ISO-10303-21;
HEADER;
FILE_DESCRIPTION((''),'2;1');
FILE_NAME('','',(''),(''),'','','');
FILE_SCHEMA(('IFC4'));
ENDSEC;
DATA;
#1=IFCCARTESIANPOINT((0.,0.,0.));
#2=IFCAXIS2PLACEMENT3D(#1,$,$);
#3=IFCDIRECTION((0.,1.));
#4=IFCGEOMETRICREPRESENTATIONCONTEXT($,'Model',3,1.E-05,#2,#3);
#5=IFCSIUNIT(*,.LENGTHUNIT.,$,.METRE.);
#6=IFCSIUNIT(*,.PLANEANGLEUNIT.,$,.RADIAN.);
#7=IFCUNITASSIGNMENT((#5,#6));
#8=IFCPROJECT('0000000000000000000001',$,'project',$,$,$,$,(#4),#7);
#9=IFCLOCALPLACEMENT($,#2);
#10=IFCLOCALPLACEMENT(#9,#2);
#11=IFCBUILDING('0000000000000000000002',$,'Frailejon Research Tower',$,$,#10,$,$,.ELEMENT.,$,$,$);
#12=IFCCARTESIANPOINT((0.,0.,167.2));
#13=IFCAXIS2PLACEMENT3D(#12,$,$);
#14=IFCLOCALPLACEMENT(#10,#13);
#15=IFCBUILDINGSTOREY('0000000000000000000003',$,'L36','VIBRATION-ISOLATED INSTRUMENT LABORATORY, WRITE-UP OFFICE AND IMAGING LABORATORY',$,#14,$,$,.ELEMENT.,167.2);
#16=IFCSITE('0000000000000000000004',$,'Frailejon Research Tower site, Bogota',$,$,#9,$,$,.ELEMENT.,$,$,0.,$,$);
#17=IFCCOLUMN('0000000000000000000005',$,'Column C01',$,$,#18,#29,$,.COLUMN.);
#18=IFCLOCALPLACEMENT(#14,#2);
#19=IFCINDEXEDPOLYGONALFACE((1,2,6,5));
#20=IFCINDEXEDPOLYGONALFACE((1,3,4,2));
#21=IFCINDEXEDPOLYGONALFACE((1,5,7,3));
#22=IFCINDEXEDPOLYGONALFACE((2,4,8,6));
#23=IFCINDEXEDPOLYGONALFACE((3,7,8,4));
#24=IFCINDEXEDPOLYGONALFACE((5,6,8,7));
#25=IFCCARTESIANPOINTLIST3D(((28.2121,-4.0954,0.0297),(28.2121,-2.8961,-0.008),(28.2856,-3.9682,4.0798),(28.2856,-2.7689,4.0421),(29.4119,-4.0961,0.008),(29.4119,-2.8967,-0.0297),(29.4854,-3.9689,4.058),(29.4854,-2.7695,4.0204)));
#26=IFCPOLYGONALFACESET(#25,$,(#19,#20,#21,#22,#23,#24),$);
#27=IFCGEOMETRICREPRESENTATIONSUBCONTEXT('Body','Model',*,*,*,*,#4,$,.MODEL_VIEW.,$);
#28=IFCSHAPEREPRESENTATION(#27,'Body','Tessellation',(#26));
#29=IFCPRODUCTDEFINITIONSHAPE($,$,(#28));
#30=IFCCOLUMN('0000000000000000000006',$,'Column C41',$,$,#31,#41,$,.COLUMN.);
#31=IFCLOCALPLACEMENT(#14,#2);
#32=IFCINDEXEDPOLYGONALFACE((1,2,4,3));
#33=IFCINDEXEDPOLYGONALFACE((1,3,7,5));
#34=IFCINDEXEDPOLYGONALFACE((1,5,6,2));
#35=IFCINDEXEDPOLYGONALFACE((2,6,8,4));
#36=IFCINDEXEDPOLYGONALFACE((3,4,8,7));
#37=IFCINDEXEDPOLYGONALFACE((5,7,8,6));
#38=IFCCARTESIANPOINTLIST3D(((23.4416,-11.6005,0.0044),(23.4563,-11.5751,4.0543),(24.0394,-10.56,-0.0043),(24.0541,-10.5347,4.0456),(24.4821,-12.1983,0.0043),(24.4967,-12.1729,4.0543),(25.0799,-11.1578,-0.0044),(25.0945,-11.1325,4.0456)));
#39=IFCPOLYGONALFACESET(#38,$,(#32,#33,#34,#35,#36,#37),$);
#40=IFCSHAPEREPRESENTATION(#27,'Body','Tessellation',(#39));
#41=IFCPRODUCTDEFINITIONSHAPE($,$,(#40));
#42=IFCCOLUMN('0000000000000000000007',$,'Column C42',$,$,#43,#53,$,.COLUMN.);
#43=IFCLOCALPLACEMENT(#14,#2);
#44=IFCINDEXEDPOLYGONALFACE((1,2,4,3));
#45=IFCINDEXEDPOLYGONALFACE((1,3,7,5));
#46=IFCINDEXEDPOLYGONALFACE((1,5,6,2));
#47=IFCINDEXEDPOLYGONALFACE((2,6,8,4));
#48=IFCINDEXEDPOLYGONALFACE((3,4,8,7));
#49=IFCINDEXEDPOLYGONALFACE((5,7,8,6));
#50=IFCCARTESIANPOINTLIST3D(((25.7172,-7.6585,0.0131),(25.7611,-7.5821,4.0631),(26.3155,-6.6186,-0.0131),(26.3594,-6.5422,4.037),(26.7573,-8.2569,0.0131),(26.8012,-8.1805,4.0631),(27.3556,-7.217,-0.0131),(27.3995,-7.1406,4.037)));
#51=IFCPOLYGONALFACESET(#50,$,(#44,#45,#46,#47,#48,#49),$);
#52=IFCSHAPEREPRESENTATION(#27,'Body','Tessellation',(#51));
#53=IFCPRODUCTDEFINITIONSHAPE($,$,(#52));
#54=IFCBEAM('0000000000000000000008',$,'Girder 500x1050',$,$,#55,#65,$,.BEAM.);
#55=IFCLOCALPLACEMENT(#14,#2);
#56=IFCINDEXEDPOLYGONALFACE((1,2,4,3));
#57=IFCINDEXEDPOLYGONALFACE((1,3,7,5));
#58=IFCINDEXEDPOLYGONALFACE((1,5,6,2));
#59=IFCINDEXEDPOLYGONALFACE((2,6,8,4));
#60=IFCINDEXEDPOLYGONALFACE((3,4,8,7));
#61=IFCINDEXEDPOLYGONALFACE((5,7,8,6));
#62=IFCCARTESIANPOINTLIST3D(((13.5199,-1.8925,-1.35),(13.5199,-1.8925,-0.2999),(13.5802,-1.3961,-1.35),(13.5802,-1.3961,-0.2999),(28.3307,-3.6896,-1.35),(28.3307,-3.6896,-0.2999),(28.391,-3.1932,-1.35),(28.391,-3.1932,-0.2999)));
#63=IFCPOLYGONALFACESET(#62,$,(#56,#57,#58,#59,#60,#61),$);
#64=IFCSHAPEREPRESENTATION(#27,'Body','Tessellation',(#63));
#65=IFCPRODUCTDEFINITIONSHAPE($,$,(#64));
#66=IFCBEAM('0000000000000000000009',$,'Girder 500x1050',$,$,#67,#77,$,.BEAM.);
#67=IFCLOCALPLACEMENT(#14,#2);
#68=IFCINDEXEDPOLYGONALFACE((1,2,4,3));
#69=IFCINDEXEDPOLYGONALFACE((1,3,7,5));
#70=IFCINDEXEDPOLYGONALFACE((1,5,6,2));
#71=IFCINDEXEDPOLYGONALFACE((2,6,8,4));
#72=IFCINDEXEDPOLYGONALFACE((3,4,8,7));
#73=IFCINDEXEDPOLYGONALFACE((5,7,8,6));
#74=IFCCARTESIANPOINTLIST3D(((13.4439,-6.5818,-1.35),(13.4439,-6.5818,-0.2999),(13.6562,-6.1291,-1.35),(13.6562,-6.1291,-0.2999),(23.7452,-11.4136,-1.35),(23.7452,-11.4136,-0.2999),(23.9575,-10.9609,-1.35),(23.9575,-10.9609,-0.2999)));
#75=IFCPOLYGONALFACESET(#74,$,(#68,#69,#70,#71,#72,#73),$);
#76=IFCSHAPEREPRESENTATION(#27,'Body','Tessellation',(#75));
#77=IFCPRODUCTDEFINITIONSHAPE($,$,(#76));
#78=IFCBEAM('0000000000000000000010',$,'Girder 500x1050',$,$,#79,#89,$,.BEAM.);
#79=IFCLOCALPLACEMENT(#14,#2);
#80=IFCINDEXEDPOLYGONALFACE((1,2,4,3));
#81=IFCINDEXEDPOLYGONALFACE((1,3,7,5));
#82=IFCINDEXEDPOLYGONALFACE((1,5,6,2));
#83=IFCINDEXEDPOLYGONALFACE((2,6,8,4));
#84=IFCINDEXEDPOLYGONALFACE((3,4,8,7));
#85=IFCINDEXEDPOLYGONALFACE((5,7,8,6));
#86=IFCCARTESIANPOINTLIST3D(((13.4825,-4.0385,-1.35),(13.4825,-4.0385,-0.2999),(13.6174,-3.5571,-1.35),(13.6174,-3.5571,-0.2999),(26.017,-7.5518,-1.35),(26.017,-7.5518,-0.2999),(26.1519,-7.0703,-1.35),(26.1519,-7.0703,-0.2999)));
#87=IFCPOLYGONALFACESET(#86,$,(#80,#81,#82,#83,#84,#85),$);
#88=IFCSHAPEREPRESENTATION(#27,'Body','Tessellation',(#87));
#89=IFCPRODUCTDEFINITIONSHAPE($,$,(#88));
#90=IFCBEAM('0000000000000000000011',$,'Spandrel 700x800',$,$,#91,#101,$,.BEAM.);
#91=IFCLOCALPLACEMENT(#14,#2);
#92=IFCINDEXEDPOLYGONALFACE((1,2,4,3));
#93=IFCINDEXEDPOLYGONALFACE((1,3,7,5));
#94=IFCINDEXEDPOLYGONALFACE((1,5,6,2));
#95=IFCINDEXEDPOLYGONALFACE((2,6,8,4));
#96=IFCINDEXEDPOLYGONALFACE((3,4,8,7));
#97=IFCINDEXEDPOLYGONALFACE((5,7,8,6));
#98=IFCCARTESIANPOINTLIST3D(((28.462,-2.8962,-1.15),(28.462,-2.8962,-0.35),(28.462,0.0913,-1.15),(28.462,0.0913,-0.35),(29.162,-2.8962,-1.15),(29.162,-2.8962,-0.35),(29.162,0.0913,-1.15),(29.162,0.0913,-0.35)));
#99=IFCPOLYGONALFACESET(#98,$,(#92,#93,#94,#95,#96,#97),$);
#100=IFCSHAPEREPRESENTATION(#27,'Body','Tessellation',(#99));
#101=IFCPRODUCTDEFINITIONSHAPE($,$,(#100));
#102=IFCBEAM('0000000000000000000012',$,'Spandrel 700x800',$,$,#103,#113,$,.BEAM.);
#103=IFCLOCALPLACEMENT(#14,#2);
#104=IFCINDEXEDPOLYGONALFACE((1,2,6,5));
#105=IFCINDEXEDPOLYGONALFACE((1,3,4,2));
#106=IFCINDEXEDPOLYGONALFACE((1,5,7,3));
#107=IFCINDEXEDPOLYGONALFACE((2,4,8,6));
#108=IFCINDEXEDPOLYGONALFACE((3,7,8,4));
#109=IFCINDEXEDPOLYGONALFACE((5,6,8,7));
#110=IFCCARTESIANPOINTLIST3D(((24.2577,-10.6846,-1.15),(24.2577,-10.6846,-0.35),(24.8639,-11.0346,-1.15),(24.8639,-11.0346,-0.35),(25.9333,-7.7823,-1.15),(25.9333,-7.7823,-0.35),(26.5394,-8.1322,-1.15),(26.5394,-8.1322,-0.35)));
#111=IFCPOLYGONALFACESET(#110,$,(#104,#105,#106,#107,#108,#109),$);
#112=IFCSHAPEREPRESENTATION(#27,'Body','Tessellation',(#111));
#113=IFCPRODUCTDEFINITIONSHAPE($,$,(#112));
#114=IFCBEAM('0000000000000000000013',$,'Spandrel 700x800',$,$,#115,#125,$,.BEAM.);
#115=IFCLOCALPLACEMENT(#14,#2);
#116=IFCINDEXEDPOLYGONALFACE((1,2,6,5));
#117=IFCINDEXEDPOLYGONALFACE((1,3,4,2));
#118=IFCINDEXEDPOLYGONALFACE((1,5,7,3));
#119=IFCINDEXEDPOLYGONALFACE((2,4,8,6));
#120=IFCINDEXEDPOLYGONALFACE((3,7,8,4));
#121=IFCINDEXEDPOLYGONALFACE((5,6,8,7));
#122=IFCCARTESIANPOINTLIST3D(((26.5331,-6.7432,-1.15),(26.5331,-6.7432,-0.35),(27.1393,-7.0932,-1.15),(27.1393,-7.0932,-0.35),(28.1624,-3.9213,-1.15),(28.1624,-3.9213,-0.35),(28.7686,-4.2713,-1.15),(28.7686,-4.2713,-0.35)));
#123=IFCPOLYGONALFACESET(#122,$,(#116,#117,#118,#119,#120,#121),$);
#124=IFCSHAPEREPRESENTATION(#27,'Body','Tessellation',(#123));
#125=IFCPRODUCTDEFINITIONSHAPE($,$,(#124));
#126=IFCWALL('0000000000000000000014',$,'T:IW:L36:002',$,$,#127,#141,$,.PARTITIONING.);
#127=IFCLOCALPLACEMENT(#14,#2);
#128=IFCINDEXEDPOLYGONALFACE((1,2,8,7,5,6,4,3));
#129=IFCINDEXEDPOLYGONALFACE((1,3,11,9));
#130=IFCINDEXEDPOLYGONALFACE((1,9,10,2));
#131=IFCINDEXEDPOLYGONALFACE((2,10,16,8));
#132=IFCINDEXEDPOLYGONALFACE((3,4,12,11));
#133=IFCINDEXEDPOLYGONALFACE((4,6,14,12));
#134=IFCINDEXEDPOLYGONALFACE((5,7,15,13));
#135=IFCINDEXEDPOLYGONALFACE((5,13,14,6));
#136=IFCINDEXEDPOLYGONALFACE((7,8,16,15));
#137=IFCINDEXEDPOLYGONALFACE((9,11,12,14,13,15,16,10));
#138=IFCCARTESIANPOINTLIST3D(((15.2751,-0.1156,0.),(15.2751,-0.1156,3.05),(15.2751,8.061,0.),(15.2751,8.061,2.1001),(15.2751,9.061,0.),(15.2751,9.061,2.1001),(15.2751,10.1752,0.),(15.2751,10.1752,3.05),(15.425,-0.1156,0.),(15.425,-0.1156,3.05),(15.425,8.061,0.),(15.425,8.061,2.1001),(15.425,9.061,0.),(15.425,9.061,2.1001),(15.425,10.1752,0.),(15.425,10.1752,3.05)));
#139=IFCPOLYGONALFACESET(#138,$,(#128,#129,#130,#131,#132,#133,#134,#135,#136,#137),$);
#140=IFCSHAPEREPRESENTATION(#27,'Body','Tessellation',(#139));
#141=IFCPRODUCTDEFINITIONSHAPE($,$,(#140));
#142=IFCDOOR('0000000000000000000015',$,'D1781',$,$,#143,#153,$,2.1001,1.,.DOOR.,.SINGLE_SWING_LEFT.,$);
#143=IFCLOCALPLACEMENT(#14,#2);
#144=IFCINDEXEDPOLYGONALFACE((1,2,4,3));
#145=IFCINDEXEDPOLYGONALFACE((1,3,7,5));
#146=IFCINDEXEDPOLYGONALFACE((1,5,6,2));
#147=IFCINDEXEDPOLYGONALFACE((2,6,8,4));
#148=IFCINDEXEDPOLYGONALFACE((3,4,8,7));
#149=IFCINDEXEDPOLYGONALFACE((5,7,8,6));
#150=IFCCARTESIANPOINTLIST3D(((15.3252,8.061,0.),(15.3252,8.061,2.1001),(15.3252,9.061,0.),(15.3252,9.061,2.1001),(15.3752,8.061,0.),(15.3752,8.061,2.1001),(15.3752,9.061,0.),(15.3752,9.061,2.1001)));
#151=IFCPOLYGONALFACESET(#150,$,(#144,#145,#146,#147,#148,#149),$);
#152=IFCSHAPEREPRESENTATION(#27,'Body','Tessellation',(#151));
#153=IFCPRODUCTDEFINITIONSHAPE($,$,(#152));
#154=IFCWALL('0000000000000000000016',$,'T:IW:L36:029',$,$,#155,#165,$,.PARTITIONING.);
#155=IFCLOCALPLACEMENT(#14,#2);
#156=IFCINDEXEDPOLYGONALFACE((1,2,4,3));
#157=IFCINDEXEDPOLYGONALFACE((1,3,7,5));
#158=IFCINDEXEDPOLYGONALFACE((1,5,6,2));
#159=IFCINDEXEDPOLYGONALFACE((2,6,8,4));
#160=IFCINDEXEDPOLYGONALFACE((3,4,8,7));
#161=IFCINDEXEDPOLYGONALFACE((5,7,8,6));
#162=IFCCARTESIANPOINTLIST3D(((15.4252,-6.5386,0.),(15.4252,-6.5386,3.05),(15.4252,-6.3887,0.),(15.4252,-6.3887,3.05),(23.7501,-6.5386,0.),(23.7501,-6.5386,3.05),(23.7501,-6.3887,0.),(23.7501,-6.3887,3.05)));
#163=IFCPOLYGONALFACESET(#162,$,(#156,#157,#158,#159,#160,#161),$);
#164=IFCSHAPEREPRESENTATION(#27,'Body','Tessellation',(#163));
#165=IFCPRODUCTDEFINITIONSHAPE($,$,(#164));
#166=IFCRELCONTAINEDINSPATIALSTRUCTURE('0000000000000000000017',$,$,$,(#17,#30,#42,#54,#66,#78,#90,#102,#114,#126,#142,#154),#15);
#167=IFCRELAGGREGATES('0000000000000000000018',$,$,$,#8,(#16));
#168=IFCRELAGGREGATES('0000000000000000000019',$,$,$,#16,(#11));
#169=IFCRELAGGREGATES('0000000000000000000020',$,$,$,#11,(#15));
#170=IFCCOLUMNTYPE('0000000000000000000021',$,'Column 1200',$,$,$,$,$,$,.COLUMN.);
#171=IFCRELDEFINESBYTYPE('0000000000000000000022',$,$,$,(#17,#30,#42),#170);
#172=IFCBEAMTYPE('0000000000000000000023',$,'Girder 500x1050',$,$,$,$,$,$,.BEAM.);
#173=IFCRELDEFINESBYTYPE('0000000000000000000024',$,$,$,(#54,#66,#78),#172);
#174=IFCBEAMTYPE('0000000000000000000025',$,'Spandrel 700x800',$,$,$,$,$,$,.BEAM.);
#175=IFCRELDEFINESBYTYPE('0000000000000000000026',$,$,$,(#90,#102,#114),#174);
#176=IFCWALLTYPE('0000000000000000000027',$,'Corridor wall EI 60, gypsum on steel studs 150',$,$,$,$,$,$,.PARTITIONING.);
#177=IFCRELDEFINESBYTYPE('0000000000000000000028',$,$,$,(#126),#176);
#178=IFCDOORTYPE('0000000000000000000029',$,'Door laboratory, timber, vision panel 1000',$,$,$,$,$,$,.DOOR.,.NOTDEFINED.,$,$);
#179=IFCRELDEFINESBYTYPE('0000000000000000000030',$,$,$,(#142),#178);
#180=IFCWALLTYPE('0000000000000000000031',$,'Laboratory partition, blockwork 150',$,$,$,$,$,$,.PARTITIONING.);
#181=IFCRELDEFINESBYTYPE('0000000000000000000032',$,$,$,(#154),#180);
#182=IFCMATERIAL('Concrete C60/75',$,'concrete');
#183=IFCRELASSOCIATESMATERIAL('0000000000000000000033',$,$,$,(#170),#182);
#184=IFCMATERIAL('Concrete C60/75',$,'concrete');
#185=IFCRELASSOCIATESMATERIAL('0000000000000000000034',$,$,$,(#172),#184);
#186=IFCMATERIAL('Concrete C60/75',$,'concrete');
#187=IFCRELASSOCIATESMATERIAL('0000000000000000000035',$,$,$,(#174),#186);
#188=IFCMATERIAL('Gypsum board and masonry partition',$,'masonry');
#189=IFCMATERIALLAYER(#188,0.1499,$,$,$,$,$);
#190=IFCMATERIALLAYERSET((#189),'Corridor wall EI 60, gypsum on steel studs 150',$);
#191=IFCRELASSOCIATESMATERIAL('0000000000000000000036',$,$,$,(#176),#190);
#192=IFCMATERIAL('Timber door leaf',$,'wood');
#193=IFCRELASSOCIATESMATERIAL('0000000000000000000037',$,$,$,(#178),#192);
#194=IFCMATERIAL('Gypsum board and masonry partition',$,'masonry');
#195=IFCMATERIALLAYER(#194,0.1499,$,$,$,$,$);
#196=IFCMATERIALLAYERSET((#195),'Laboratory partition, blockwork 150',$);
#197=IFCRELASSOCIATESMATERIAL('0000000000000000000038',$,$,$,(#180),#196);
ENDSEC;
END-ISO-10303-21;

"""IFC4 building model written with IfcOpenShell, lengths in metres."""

from ifc_helpers import new_model, si_unit, direction, frame, frame_2d, origin, origin_2d, place, context, subcontext, project, spatial, rectangle, extrude, material, layer, layer_set, material_profile, profile_set, type_object, element, fill, save


model = new_model("IFC4")

# Units and contexts
model_context = context("Model", 3, precision=1e-05, world=origin(), true_north=direction((0.0, 1.0)))
body_context = subcontext(model_context, "Body", "Model", "MODEL_VIEW")
ifc_project = project(units=[si_unit("LENGTHUNIT", "METRE"), si_unit("PLANEANGLEUNIT", "RADIAN")], contexts=[model_context])

# Site, building, storey
site_placement = place(None, origin())
site = spatial("IfcSite", under=ifc_project, at=site_placement, Name="Frailejon Research Tower site, Bogota", CompositionType="ELEMENT", RefElevation=0.0)
building_placement = place(site_placement, origin())
building = spatial("IfcBuilding", under=site, at=building_placement, Name="Frailejon Research Tower", CompositionType="ELEMENT")
storey_placement = place(building_placement, frame((0.0, 0.0, 167.2)))
storey = spatial("IfcBuildingStorey", under=building, at=storey_placement, Name="L36", Description="VIBRATION-ISOLATED INSTRUMENT LABORATORY, WRITE-UP OFFICE AND IMAGING LABORATORY", CompositionType="ELEMENT", Elevation=167.2)

# Columns
ifc_material_1 = material(Name="Concrete C60/75", Category="concrete")
ifc_material_profile_1 = material_profile(ifc_material_1, rectangle(XDim=1.2, YDim=1.2, at=origin_2d()), Name="Column 1200")
ifc_profile_set_1 = profile_set([ifc_material_profile_1], Name="Concrete C60/75")
column_type = type_object("IfcColumnType", Name="Column 1200", PredefinedType="COLUMN", material=ifc_profile_set_1)
column_1_placement = place(storey_placement, frame((28.812, -3.4961, 0.0), z_axis=(0.018133, 0.031386, 0.999343), x_axis=(-0.000022, 0.999507, -0.03139)))
element("IfcColumn", 1, at=column_1_placement, inside=storey, type_object=column_type, Name="Column C01", PredefinedType="COLUMN", context=body_context, shape_type="SweptSolid", body=[
    extrude(rectangle(XDim=1.2, YDim=1.2, at=origin_2d()), origin(), (0.0, 0.0, 1.0), 4.0527),
])
column_2_placement = place(storey_placement, frame((24.2607, -11.3792, 0.0), z_axis=(0.003617, 0.006269, 0.999974), x_axis=(0.498177, 0.867045, -0.007238)))
element("IfcColumn", 2, at=column_2_placement, inside=storey, type_object=column_type, Name="Column C41", PredefinedType="COLUMN", context=body_context, shape_type="SweptSolid", body=[
    extrude(rectangle(XDim=1.2, YDim=1.2, at=origin_2d()), origin(), (0.0, 0.0, 1.0), 4.05),
])
column_3_placement = place(storey_placement, frame((26.5364, -7.4377, 0.0), z_axis=(0.010848, 0.018863, 0.999763), x_axis=(0.498562, 0.866581, -0.02176)))
element("IfcColumn", 3, at=column_3_placement, inside=storey, type_object=column_type, Name="Column C42", PredefinedType="COLUMN", context=body_context, shape_type="SweptSolid", body=[
    extrude(rectangle(XDim=1.2, YDim=1.2, at=origin_2d()), origin(), (0.0, 0.0, 1.0), 4.051),
])

# Beams
ifc_material_2 = material(Name="Concrete C60/75", Category="concrete")
ifc_material_profile_2 = material_profile(ifc_material_2, rectangle(XDim=0.5, YDim=1.05, at=origin_2d()), Name="Girder 500x1050")
ifc_profile_set_2 = profile_set([ifc_material_profile_2], Name="Concrete C60/75")
beam_type_1 = type_object("IfcBeamType", Name="Girder 500x1050", PredefinedType="BEAM", material=ifc_profile_set_2)
beam_1_placement = place(storey_placement, frame((28.3608, -3.4414, -0.825), z_axis=(-0.992719, 0.120455, 0.0), x_axis=(-0.120455, -0.992719, 0.0)))
element("IfcBeam", 4, at=beam_1_placement, inside=storey, type_object=beam_type_1, Name="Girder 500x1050", PredefinedType="BEAM", context=body_context, shape_type="SweptSolid", body=[
    extrude(rectangle(XDim=0.5, YDim=1.05, at=origin_2d()), origin(), (0.0, 0.0, 1.0), 14.9194),
])
beam_2_placement = place(storey_placement, frame((23.8513, -11.1873, -0.825), z_axis=(-0.905355, 0.424655, 0.0), x_axis=(-0.424655, -0.905355, 0.0)))
element("IfcBeam", 5, at=beam_2_placement, inside=storey, type_object=beam_type_1, Name="Girder 500x1050", PredefinedType="BEAM", context=body_context, shape_type="SweptSolid", body=[
    extrude(rectangle(XDim=0.5, YDim=1.05, at=origin_2d()), origin(), (0.0, 0.0, 1.0), 11.3782),
])
beam_3_placement = place(storey_placement, frame((26.0845, -7.311, -0.825), z_axis=(-0.962893, 0.269882, 0.0), x_axis=(-0.269882, -0.962893, 0.0)))
element("IfcBeam", 6, at=beam_3_placement, inside=storey, type_object=beam_type_1, Name="Girder 500x1050", PredefinedType="BEAM", context=body_context, shape_type="SweptSolid", body=[
    extrude(rectangle(XDim=0.5, YDim=1.05, at=origin_2d()), origin(), (0.0, 0.0, 1.0), 13.0176),
])
ifc_material_3 = material(Name="Concrete C60/75", Category="concrete")
ifc_material_profile_3 = material_profile(ifc_material_3, rectangle(XDim=0.7, YDim=0.8, at=origin_2d()), Name="Spandrel 700x800")
ifc_profile_set_3 = profile_set([ifc_material_profile_3], Name="Concrete C60/75")
beam_type_2 = type_object("IfcBeamType", Name="Spandrel 700x800", PredefinedType="BEAM", material=ifc_profile_set_3)
beam_4_placement = place(storey_placement, frame((28.812, -2.8962, -0.75), z_axis=(0.0, 1.0, 0.0), x_axis=(-1.0, 0.0, 0.0)))
element("IfcBeam", 7, at=beam_4_placement, inside=storey, type_object=beam_type_2, Name="Spandrel 700x800", PredefinedType="BEAM", context=body_context, shape_type="SweptSolid", body=[
    extrude(rectangle(XDim=0.7, YDim=0.8, at=origin_2d()), origin(), (0.0, 0.0, 1.0), 2.9875),
])
beam_5_placement = place(storey_placement, frame((24.5608, -10.8596, -0.75), z_axis=(0.49997, 0.866042, 0.0), x_axis=(-0.866042, 0.49997, 0.0)))
element("IfcBeam", 8, at=beam_5_placement, inside=storey, type_object=beam_type_2, Name="Spandrel 700x800", PredefinedType="BEAM", context=body_context, shape_type="SweptSolid", body=[
    extrude(rectangle(XDim=0.7, YDim=0.8, at=origin_2d()), origin(), (0.0, 0.0, 1.0), 3.3513),
])
beam_6_placement = place(storey_placement, frame((26.8362, -6.9182, -0.75), z_axis=(0.500023, 0.866012, 0.0), x_axis=(-0.866012, 0.500023, 0.0)))
element("IfcBeam", 9, at=beam_6_placement, inside=storey, type_object=beam_type_2, Name="Spandrel 700x800", PredefinedType="BEAM", context=body_context, shape_type="SweptSolid", body=[
    extrude(rectangle(XDim=0.7, YDim=0.8, at=origin_2d()), origin(), (0.0, 0.0, 1.0), 3.2585),
])

# Wall, opening, door
ifc_material_4 = material(Name="Gypsum board and masonry partition", Category="masonry")
ifc_layer_1 = layer(ifc_material_4, 0.1499)
ifc_layer_set_1 = layer_set([ifc_layer_1], Name="Corridor wall EI 60, gypsum on steel studs 150")
wall_type_1 = type_object("IfcWallType", Name="Corridor wall EI 60, gypsum on steel studs 150", PredefinedType="PARTITIONING", material=ifc_layer_set_1)
wall_1_placement = place(storey_placement, frame((15.3501, -0.1157, 0.0), z_axis=(0.0, 0.0, 1.0), x_axis=(0.0, 1.0, 0.0)))
wall_1 = element("IfcWall", 10, at=wall_1_placement, inside=storey, type_object=wall_type_1, Name="T:IW:L36:002", PredefinedType="PARTITIONING", context=body_context, shape_type="SweptSolid", body=[
    extrude(rectangle(XDim=10.2908, YDim=0.1499, at=frame_2d((5.1455, 0.0))), origin(), (0.0, 0.0, 1.0), 3.05),
])
opening_1_placement = place(wall_1_placement, frame((8.1768, 0.0, 0.0)))
opening_1 = element("IfcOpeningElement", 11, at=opening_1_placement, cuts=wall_1, PredefinedType="OPENING", context=body_context, shape_type="SweptSolid", body=[
    extrude(rectangle(XDim=1.0, YDim=2.1001, at=frame_2d((0.5, 1.05))), frame((0.0, 0.085, 0.0), z_axis=(0.0, -1.0, 0.0), x_axis=(1.0, 0.0, 0.0)), (0.0, 0.0, 1.0), 0.1699),
])
ifc_material_5 = material(Name="Timber door leaf", Category="wood")
door_type = type_object("IfcDoorType", Name="Door laboratory, timber, vision panel 1000", OperationType="NOTDEFINED", PredefinedType="DOOR", material=ifc_material_5)
door_placement = place(opening_1_placement, origin())
door = element("IfcDoor", 12, at=door_placement, inside=storey, type_object=door_type, Name="D1781", OperationType="SINGLE_SWING_LEFT", OverallHeight=2.1001, OverallWidth=1.0, PredefinedType="DOOR", context=body_context, shape_type="SweptSolid", body=[
    extrude(rectangle(XDim=1.0, YDim=2.1001, at=frame_2d((0.5, 1.05))), frame((0.0, 0.0249, 0.0), z_axis=(0.0, -1.0, 0.0), x_axis=(1.0, 0.0, 0.0)), (0.0, 0.0, 1.0), 0.05),
])
fill(opening_1, door)

# Wall
ifc_material_6 = material(Name="Gypsum board and masonry partition", Category="masonry")
ifc_layer_2 = layer(ifc_material_6, 0.1499)
ifc_layer_set_2 = layer_set([ifc_layer_2], Name="Laboratory partition, blockwork 150")
wall_type_2 = type_object("IfcWallType", Name="Laboratory partition, blockwork 150", PredefinedType="PARTITIONING", material=ifc_layer_set_2)
wall_2_placement = place(storey_placement, frame((15.425, -6.4636, 0.0), z_axis=(0.0, 0.0, 1.0), x_axis=(1.0, 0.0, 0.0)))
element("IfcWall", 13, at=wall_2_placement, inside=storey, type_object=wall_type_2, Name="T:IW:L36:029", PredefinedType="PARTITIONING", context=body_context, shape_type="SweptSolid", body=[
    extrude(rectangle(XDim=8.325, YDim=0.1499, at=frame_2d((4.1626, 0.0))), origin(), (0.0, 0.0, 1.0), 3.05),
])

save(model, "model.ifc")
